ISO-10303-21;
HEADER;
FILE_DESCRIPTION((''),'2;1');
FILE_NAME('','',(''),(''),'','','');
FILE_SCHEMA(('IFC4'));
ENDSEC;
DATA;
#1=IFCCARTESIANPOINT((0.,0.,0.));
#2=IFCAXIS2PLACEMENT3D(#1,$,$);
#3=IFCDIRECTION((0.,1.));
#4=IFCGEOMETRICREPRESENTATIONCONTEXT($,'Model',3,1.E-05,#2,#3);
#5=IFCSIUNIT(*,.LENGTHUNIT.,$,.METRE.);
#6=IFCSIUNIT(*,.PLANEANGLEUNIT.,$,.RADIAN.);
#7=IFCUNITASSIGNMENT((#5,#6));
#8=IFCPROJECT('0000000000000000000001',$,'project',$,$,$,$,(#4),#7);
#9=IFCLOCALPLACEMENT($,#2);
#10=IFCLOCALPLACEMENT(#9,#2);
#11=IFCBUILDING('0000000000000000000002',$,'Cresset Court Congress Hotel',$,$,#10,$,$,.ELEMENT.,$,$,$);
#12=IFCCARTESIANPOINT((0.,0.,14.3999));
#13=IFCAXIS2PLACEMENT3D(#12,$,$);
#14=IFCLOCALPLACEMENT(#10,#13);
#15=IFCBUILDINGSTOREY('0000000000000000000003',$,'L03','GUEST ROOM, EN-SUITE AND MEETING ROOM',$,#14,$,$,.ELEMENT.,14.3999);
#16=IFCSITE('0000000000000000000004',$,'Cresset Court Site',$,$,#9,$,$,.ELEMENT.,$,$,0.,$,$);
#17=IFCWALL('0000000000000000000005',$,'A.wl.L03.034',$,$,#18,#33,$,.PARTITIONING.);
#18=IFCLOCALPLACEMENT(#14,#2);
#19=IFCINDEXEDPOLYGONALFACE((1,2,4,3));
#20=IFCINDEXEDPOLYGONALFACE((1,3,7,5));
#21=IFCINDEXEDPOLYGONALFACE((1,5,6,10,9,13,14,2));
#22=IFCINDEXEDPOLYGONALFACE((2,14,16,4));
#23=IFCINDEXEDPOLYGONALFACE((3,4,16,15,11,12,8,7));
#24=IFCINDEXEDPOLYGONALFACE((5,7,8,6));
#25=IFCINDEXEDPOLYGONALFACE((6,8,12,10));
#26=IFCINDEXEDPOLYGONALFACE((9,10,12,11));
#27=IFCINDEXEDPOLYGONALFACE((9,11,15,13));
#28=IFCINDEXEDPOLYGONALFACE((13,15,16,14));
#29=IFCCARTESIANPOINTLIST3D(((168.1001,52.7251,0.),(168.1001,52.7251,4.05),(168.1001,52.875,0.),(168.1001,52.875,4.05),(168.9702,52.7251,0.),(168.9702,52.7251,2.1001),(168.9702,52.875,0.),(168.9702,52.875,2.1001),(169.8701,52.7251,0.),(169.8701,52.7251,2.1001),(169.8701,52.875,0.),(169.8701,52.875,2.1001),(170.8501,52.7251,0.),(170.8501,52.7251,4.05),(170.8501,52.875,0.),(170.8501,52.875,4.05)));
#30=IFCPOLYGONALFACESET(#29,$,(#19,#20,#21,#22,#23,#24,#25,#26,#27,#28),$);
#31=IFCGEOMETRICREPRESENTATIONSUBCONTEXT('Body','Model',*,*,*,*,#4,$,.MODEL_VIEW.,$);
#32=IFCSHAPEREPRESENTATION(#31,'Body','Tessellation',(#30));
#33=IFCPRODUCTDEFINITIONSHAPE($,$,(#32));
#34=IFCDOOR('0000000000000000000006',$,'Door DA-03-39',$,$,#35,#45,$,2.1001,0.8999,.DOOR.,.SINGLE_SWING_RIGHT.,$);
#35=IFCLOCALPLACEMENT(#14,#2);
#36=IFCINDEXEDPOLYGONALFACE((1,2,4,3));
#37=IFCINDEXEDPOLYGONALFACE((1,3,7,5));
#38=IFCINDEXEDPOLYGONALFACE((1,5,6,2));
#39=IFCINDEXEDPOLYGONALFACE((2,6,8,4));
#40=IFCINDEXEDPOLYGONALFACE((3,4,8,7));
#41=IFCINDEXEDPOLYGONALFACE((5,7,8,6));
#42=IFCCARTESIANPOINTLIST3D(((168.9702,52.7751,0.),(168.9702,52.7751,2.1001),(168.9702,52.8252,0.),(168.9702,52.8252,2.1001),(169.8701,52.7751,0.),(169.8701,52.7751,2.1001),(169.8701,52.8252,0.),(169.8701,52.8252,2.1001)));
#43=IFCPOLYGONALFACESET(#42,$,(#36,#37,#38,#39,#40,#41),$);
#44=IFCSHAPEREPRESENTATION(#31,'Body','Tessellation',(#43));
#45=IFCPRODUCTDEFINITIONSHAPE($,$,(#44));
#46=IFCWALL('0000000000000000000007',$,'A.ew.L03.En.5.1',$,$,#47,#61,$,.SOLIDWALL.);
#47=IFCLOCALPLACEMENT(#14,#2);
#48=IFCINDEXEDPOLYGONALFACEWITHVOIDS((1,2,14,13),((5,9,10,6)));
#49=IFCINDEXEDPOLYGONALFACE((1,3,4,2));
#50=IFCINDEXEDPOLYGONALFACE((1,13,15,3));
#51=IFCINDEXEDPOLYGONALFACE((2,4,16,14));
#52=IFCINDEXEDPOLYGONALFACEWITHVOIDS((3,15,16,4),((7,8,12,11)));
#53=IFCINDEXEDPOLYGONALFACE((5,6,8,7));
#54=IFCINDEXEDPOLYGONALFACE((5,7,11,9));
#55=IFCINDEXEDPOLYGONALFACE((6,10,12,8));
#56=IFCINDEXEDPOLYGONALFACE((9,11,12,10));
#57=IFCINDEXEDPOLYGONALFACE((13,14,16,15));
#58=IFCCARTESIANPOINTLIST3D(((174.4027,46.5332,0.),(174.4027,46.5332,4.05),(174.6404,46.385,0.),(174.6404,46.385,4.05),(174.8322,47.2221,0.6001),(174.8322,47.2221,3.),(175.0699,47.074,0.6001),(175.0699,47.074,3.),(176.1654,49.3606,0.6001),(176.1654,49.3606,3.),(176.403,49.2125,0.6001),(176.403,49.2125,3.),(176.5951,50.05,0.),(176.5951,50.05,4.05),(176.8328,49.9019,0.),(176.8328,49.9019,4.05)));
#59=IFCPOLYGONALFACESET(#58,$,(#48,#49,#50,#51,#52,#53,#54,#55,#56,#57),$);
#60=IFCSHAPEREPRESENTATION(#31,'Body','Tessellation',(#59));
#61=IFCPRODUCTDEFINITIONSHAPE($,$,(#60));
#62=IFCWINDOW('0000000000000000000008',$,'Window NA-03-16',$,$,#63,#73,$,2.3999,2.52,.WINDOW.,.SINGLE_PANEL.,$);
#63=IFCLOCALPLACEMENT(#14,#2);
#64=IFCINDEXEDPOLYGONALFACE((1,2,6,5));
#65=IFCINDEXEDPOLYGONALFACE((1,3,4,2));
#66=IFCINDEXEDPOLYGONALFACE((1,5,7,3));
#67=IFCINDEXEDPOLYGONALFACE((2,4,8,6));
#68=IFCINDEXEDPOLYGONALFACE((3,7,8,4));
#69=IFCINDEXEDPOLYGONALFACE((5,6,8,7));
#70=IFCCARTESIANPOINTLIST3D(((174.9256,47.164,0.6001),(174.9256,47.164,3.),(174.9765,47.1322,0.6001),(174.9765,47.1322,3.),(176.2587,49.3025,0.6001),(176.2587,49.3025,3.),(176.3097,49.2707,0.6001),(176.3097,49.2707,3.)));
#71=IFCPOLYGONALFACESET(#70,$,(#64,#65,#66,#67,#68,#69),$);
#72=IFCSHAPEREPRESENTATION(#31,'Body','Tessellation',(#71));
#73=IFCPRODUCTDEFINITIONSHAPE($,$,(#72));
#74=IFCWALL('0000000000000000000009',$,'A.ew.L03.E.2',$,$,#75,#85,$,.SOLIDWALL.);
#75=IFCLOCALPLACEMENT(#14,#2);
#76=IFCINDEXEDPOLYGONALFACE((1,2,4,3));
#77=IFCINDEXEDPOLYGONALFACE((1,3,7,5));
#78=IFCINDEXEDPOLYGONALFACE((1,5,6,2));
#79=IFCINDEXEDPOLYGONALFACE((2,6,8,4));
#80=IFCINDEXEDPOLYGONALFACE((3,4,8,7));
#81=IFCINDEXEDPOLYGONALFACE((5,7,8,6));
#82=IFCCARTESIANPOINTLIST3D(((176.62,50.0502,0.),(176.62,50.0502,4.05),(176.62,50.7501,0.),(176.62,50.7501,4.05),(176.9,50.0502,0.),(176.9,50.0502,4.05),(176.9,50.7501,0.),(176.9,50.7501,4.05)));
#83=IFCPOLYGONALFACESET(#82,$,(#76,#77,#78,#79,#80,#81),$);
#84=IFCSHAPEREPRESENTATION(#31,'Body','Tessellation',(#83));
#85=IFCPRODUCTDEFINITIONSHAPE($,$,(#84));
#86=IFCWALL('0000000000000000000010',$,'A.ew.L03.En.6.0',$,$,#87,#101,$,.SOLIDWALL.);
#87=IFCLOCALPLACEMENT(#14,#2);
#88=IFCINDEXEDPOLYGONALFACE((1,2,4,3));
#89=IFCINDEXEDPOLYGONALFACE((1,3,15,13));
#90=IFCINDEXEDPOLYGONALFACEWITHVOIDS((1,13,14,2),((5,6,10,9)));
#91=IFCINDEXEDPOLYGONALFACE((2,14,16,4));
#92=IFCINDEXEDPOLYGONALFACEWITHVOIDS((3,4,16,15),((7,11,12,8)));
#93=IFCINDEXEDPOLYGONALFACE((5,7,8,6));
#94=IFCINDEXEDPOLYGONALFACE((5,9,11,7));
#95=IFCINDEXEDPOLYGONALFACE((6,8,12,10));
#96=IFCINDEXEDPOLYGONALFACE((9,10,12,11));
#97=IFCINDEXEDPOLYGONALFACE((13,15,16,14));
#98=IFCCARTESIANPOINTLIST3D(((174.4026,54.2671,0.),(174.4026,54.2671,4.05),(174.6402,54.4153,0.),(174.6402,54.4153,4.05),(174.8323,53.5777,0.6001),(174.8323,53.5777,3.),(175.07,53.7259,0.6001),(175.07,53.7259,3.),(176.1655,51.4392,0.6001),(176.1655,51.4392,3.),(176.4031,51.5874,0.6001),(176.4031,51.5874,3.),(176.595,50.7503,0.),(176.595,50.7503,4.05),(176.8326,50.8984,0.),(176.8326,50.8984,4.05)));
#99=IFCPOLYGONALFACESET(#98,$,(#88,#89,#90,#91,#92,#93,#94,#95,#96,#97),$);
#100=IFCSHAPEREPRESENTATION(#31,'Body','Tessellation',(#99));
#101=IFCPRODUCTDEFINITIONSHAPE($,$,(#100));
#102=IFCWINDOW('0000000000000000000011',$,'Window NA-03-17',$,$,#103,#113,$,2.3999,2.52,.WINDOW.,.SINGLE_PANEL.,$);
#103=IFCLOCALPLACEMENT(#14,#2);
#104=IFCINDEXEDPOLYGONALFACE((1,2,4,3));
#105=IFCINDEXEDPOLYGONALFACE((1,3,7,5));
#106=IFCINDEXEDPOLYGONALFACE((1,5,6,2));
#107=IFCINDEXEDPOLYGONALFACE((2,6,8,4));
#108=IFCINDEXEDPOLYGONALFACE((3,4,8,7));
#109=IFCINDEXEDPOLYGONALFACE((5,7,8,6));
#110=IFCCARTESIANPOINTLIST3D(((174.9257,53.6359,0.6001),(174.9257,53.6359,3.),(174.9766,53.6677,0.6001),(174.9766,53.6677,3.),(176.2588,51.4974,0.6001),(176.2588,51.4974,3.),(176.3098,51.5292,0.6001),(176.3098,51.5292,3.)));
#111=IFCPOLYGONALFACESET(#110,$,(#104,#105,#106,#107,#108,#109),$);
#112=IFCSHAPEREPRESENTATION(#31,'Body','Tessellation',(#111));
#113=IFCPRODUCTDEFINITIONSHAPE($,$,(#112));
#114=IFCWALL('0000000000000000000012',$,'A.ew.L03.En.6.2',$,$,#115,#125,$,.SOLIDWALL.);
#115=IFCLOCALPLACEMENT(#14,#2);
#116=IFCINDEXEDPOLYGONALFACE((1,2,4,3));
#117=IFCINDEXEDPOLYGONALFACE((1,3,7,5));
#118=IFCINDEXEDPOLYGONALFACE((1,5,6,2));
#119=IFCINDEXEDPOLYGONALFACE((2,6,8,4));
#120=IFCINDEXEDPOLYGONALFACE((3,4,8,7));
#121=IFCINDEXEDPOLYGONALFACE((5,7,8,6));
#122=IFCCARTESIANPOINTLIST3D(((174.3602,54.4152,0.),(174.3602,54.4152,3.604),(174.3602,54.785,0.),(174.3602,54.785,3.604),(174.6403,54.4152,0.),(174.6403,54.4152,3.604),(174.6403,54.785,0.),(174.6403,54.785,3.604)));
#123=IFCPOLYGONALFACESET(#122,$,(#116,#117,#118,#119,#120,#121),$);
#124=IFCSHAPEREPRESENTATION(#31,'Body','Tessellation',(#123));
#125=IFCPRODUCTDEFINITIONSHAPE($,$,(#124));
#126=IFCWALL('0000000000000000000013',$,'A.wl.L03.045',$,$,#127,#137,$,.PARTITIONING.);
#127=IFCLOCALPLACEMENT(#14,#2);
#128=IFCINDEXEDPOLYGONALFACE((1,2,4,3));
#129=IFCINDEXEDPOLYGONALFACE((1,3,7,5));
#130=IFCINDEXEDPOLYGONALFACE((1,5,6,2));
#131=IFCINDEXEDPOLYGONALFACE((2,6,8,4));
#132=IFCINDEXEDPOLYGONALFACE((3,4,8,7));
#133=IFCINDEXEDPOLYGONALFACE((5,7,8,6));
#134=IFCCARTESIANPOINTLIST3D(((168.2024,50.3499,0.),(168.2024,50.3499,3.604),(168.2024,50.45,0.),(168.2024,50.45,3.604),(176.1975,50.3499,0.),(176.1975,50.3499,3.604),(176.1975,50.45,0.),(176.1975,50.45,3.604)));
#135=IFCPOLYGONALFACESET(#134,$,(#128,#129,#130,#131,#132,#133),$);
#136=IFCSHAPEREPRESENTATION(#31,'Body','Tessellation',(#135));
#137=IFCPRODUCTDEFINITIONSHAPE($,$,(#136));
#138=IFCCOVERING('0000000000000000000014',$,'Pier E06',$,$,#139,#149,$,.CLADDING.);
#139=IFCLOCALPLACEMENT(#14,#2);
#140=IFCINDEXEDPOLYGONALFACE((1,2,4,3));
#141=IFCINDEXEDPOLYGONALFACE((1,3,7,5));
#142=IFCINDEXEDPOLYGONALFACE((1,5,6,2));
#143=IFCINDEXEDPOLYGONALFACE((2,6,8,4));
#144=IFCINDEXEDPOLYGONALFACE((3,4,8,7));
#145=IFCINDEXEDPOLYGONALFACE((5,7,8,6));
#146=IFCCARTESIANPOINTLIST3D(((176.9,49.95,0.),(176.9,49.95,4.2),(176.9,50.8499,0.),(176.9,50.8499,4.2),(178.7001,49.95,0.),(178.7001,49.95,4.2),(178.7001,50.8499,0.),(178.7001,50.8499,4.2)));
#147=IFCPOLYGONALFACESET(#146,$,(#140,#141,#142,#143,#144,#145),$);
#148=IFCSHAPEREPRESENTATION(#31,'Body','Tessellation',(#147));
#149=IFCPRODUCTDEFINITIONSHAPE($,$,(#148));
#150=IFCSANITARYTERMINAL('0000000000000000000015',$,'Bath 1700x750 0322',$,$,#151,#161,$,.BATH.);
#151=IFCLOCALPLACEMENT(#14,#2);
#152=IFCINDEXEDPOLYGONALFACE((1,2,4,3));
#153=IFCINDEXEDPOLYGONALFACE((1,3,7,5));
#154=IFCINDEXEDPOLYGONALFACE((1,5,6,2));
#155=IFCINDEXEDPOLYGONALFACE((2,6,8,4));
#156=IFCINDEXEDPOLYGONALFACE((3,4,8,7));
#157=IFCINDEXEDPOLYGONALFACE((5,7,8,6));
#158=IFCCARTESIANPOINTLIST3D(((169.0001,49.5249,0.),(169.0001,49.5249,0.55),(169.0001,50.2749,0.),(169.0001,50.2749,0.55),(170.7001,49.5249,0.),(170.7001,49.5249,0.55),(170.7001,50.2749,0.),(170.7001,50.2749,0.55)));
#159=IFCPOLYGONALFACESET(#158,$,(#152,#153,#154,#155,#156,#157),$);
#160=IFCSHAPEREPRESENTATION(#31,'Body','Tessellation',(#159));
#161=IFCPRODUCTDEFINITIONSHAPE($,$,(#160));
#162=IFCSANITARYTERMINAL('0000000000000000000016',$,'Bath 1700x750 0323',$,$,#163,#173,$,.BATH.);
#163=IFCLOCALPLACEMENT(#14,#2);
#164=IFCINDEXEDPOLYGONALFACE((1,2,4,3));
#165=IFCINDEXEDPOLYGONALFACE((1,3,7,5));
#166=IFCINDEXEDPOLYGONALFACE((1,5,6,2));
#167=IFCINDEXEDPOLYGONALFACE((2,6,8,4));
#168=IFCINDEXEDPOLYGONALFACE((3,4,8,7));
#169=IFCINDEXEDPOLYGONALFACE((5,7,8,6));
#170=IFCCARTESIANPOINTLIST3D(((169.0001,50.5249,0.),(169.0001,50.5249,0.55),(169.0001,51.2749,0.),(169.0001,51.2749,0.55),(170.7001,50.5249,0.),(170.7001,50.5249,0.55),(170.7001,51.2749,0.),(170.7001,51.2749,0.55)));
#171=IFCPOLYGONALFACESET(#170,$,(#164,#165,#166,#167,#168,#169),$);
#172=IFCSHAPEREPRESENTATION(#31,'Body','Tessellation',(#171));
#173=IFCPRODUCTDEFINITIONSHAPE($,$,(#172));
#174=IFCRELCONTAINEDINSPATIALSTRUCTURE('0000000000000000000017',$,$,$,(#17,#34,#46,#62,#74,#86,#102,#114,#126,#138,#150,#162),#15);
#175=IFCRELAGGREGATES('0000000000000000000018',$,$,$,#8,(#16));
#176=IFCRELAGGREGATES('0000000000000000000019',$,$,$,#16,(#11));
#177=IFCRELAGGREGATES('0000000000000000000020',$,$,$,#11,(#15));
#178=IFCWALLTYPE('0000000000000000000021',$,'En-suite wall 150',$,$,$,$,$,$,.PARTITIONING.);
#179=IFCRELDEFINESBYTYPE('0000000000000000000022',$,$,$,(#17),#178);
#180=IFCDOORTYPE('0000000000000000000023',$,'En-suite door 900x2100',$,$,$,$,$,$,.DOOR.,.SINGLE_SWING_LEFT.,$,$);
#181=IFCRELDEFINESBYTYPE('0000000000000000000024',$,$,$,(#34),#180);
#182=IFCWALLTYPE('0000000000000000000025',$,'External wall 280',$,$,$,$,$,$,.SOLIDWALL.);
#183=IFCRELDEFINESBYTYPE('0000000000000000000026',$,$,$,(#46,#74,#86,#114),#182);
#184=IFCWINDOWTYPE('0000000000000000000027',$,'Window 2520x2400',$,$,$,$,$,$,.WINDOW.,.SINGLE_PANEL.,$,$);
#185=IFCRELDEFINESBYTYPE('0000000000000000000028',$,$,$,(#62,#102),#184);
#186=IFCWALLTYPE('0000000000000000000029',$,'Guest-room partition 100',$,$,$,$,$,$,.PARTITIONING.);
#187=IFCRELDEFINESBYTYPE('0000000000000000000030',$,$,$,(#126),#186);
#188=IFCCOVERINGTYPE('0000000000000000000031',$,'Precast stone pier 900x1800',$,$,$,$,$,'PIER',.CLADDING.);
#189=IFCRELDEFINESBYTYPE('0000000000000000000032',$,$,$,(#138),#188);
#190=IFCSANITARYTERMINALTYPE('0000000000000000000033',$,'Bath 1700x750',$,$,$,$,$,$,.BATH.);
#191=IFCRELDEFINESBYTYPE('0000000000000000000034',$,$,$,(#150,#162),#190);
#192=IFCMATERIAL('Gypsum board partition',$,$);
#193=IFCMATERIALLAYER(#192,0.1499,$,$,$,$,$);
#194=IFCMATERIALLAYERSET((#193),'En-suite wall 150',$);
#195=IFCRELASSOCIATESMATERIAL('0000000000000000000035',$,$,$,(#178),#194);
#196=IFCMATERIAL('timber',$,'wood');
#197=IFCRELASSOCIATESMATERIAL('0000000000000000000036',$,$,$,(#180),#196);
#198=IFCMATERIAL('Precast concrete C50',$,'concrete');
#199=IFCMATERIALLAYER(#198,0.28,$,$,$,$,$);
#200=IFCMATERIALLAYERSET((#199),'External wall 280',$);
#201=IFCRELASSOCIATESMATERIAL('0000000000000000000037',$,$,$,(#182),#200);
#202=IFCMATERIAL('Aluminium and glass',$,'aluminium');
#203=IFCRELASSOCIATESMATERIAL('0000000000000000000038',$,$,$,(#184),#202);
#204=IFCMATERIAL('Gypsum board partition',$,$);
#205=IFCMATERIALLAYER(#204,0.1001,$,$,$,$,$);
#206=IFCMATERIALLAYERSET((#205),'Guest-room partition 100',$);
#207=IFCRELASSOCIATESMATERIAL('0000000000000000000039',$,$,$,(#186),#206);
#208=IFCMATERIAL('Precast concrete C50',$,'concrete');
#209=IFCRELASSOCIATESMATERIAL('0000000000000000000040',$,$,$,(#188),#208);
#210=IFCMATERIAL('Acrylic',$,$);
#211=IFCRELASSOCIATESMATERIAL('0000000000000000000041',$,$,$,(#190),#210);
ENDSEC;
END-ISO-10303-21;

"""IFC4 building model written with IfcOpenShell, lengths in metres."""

from ifc_helpers import new_model, si_unit, direction, frame, frame_2d, origin, origin_2d, place, context, subcontext, project, spatial, rectangle, extrude, material, layer, layer_set, type_object, element, fill, save


model = new_model("IFC4")

# Units and contexts
model_context = context("Model", 3, precision=1e-05, world=origin(), true_north=direction((0.0, 1.0)))
body_context = subcontext(model_context, "Body", "Model", "MODEL_VIEW")
ifc_project = project(units=[si_unit("LENGTHUNIT", "METRE"), si_unit("PLANEANGLEUNIT", "RADIAN")], contexts=[model_context])

# Site, building, storey
site_placement = place(None, origin())
site = spatial("IfcSite", under=ifc_project, at=site_placement, Name="Cresset Court Site", CompositionType="ELEMENT", RefElevation=0.0)
building_placement = place(site_placement, origin())
building = spatial("IfcBuilding", under=site, at=building_placement, Name="Cresset Court Congress Hotel", CompositionType="ELEMENT")
storey_placement = place(building_placement, frame((0.0, 0.0, 14.3999)))
storey = spatial("IfcBuildingStorey", under=building, at=storey_placement, Name="L03", Description="GUEST ROOM, EN-SUITE AND MEETING ROOM", CompositionType="ELEMENT", Elevation=14.3999)

# Shared definitions
ifc_material_1 = material(Name="Gypsum board partition")
ifc_layer_1 = layer(ifc_material_1, 0.1499)
ifc_layer_set_1 = layer_set([ifc_layer_1], Name="En-suite wall 150")
wall_type_1 = type_object("IfcWallType", Name="En-suite wall 150", PredefinedType="PARTITIONING", material=ifc_layer_set_1)

# Shared definitions
ifc_material_2 = material(Name="timber", Category="wood")
door_type_1 = type_object("IfcDoorType", Name="En-suite door 900x2100", OperationType="SINGLE_SWING_LEFT", PredefinedType="DOOR", material=ifc_material_2)

# Wall, opening, door
wall_1_placement = place(storey_placement, frame((170.8501, 52.8, 0.0), z_axis=(0.0, 0.0, 1.0), x_axis=(-1.0, 0.0, 0.0)))
wall_1 = element("IfcWall", 1, at=wall_1_placement, inside=storey, type_object=wall_type_1, Name="A.wl.L03.034", PredefinedType="PARTITIONING", context=body_context, shape_type="SweptSolid", body=[
    extrude(rectangle(XDim=2.75, YDim=0.1499, at=frame_2d((1.375, 0.0))), origin(), (0.0, 0.0, 1.0), 4.05),
])
opening_1_placement = place(wall_1_placement, frame((0.98, 0.0, 0.0)))
opening_1 = element("IfcOpeningElement", 2, at=opening_1_placement, cuts=wall_1, PredefinedType="OPENING", context=body_context, shape_type="SweptSolid", body=[
    extrude(rectangle(XDim=0.8999, YDim=2.1001, at=frame_2d((0.45, 1.05))), frame((0.0, 0.085, 0.0), z_axis=(0.0, -1.0, 0.0), x_axis=(1.0, 0.0, 0.0)), (0.0, 0.0, 1.0), 0.1699),
])
door_1_placement = place(opening_1_placement, origin())
door_1 = element("IfcDoor", 3, at=door_1_placement, inside=storey, type_object=door_type_1, Name="Door DA-03-39", OperationType="SINGLE_SWING_RIGHT", OverallHeight=2.1001, OverallWidth=0.8999, PredefinedType="DOOR", context=body_context, shape_type="SweptSolid", body=[
    extrude(rectangle(XDim=0.8999, YDim=2.1001, at=frame_2d((0.45, 1.05))), frame((0.0, 0.0249, 0.0), z_axis=(0.0, -1.0, 0.0), x_axis=(1.0, 0.0, 0.0)), (0.0, 0.0, 1.0), 0.05),
])
fill(opening_1, door_1)

# Wall, opening, window
ifc_material_3 = material(Name="Precast concrete C50", Category="concrete")
ifc_layer_2 = layer(ifc_material_3, 0.28)
ifc_layer_set_2 = layer_set([ifc_layer_2], Name="External wall 280")
wall_type_2 = type_object("IfcWallType", Name="External wall 280", PredefinedType="SOLIDWALL", material=ifc_layer_set_2)
wall_2_placement = place(storey_placement, frame((174.5215, 46.459, 0.0), z_axis=(0.0, 0.0, 1.0), x_axis=(0.529019, 0.84861, 0.0)))
wall_2 = element("IfcWall", 4, at=wall_2_placement, inside=storey, type_object=wall_type_2, Name="A.ew.L03.En.5.1", PredefinedType="SOLIDWALL", context=body_context, shape_type="SweptSolid", body=[
    extrude(rectangle(XDim=4.1443, YDim=0.28, at=frame_2d((2.0723, 0.0))), origin(), (0.0, 0.0, 1.0), 4.05),
])
opening_2_placement = place(wall_2_placement, frame((0.812, 0.0, 0.6001)))
opening_2 = element("IfcOpeningElement", 5, at=opening_2_placement, cuts=wall_2, PredefinedType="OPENING", context=body_context, shape_type="SweptSolid", body=[
    extrude(rectangle(XDim=2.52, YDim=2.3999, at=frame_2d((1.26, 1.2))), frame((0.0, 0.1499, 0.0), z_axis=(0.0, -1.0, 0.0), x_axis=(1.0, 0.0, 0.0)), (0.0, 0.0, 1.0), 0.3),
])
ifc_material_4 = material(Name="Aluminium and glass", Category="aluminium")
window_type = type_object("IfcWindowType", Name="Window 2520x2400", PartitioningType="SINGLE_PANEL", PredefinedType="WINDOW", material=ifc_material_4)
window_1_placement = place(opening_2_placement, origin())
window_1 = element("IfcWindow", 6, at=window_1_placement, inside=storey, type_object=window_type, Name="Window NA-03-16", OverallHeight=2.3999, OverallWidth=2.52, PartitioningType="SINGLE_PANEL", PredefinedType="WINDOW", context=body_context, shape_type="SweptSolid", body=[
    extrude(rectangle(XDim=2.52, YDim=2.3999, at=frame_2d((1.26, 1.2))), frame((0.0, 0.03, 0.0), z_axis=(0.0, -1.0, 0.0), x_axis=(1.0, 0.0, 0.0)), (0.0, 0.0, 1.0), 0.0601),
])
fill(opening_2, window_1)

# Wall
wall_3_placement = place(storey_placement, frame((176.76, 50.05, 0.0), z_axis=(0.0, 0.0, 1.0), x_axis=(0.0, 1.0, 0.0)))
element("IfcWall", 7, at=wall_3_placement, inside=storey, type_object=wall_type_2, Name="A.ew.L03.E.2", PredefinedType="SOLIDWALL", context=body_context, shape_type="SweptSolid", body=[
    extrude(rectangle(XDim=0.7, YDim=0.28, at=frame_2d((0.3501, 0.0))), origin(), (0.0, 0.0, 1.0), 4.05),
])

# Wall, opening, window
wall_4_placement = place(storey_placement, frame((176.7139, 50.8242, 0.0), z_axis=(0.0, 0.0, 1.0), x_axis=(-0.529019, 0.84861, 0.0)))
wall_4 = element("IfcWall", 8, at=wall_4_placement, inside=storey, type_object=wall_type_2, Name="A.ew.L03.En.6.0", PredefinedType="SOLIDWALL", context=body_context, shape_type="SweptSolid", body=[
    extrude(rectangle(XDim=4.1443, YDim=0.28, at=frame_2d((2.0723, 0.0))), origin(), (0.0, 0.0, 1.0), 4.05),
])
opening_3_placement = place(wall_4_placement, frame((0.812, 0.0, 0.6001)))
opening_3 = element("IfcOpeningElement", 9, at=opening_3_placement, cuts=wall_4, PredefinedType="OPENING", context=body_context, shape_type="SweptSolid", body=[
    extrude(rectangle(XDim=2.52, YDim=2.3999, at=frame_2d((1.26, 1.2))), frame((0.0, 0.1499, 0.0), z_axis=(0.0, -1.0, 0.0), x_axis=(1.0, 0.0, 0.0)), (0.0, 0.0, 1.0), 0.3),
])
window_2_placement = place(opening_3_placement, origin())
window_2 = element("IfcWindow", 10, at=window_2_placement, inside=storey, type_object=window_type, Name="Window NA-03-17", OverallHeight=2.3999, OverallWidth=2.52, PartitioningType="SINGLE_PANEL", PredefinedType="WINDOW", context=body_context, shape_type="SweptSolid", body=[
    extrude(rectangle(XDim=2.52, YDim=2.3999, at=frame_2d((1.26, 1.2))), frame((0.0, 0.03, 0.0), z_axis=(0.0, -1.0, 0.0), x_axis=(1.0, 0.0, 0.0)), (0.0, 0.0, 1.0), 0.0601),
])
fill(opening_3, window_2)

# Walls
wall_5_placement = place(storey_placement, frame((174.5002, 54.415, 0.0), z_axis=(0.0, 0.0, 1.0), x_axis=(0.0, 1.0, 0.0)))
element("IfcWall", 11, at=wall_5_placement, inside=storey, type_object=wall_type_2, Name="A.ew.L03.En.6.2", PredefinedType="SOLIDWALL", context=body_context, shape_type="SweptSolid", body=[
    extrude(rectangle(XDim=0.3699, YDim=0.28, at=frame_2d((0.1851, 0.0))), origin(), (0.0, 0.0, 1.0), 3.604),
])
ifc_material_5 = material(Name="Gypsum board partition")
ifc_layer_3 = layer(ifc_material_5, 0.1001)
ifc_layer_set_3 = layer_set([ifc_layer_3], Name="Guest-room partition 100")
wall_type_3 = type_object("IfcWallType", Name="Guest-room partition 100", PredefinedType="PARTITIONING", material=ifc_layer_set_3)
wall_6_placement = place(storey_placement, frame((168.2024, 50.3999, 0.0), z_axis=(0.0, 0.0, 1.0), x_axis=(1.0, 0.0, 0.0)))
element("IfcWall", 12, at=wall_6_placement, inside=storey, type_object=wall_type_3, Name="A.wl.L03.045", PredefinedType="PARTITIONING", context=body_context, shape_type="SweptSolid", body=[
    extrude(rectangle(XDim=7.9951, YDim=0.1001, at=frame_2d((3.9976, 0.0))), origin(), (0.0, 0.0, 1.0), 3.604),
])

# Covering
ifc_material_6 = material(Name="Precast concrete C50", Category="concrete")
covering_type = type_object("IfcCoveringType", Name="Precast stone pier 900x1800", ElementType="PIER", PredefinedType="CLADDING", material=ifc_material_6)
covering_placement = place(storey_placement, frame((177.8, 50.3999, 0.0), z_axis=(0.0, 0.0, 1.0), x_axis=(1.0, 0.0, 0.0)))
element("IfcCovering", 13, at=covering_placement, inside=storey, type_object=covering_type, Name="Pier E06", PredefinedType="CLADDING", context=body_context, shape_type="SweptSolid", body=[
    extrude(rectangle(XDim=1.8, YDim=0.8999, at=origin_2d()), origin(), (0.0, 0.0, 1.0), 4.2),
])

# Sanitary terminals
ifc_material_7 = material(Name="Acrylic")
sanitary_terminal_type_1 = type_object("IfcSanitaryTerminalType", Name="Bath 1700x750", PredefinedType="BATH", material=ifc_material_7)
for number, where, z_axis, x_axis, name in (
    (14, (169.8501, 49.8999, 0.0), (0.0, 0.0, 1.0), (1.0, 0.0, 0.0), "Bath 1700x750 0322"),
    (15, (169.8501, 50.8999, 0.0), (0.0, 0.0, 1.0), (1.0, 0.0, 0.0), "Bath 1700x750 0323"),
):
    element("IfcSanitaryTerminal", number, at=place(storey_placement, frame(where, z_axis=z_axis, x_axis=x_axis)), inside=storey, type_object=sanitary_terminal_type_1, Name=name, PredefinedType="BATH", context=body_context, shape_type="SweptSolid", body=[
        extrude(rectangle(XDim=1.7, YDim=0.75, at=origin_2d()), origin(), (0.0, 0.0, 1.0), 0.55),
    ])

save(model, "model.ifc")
